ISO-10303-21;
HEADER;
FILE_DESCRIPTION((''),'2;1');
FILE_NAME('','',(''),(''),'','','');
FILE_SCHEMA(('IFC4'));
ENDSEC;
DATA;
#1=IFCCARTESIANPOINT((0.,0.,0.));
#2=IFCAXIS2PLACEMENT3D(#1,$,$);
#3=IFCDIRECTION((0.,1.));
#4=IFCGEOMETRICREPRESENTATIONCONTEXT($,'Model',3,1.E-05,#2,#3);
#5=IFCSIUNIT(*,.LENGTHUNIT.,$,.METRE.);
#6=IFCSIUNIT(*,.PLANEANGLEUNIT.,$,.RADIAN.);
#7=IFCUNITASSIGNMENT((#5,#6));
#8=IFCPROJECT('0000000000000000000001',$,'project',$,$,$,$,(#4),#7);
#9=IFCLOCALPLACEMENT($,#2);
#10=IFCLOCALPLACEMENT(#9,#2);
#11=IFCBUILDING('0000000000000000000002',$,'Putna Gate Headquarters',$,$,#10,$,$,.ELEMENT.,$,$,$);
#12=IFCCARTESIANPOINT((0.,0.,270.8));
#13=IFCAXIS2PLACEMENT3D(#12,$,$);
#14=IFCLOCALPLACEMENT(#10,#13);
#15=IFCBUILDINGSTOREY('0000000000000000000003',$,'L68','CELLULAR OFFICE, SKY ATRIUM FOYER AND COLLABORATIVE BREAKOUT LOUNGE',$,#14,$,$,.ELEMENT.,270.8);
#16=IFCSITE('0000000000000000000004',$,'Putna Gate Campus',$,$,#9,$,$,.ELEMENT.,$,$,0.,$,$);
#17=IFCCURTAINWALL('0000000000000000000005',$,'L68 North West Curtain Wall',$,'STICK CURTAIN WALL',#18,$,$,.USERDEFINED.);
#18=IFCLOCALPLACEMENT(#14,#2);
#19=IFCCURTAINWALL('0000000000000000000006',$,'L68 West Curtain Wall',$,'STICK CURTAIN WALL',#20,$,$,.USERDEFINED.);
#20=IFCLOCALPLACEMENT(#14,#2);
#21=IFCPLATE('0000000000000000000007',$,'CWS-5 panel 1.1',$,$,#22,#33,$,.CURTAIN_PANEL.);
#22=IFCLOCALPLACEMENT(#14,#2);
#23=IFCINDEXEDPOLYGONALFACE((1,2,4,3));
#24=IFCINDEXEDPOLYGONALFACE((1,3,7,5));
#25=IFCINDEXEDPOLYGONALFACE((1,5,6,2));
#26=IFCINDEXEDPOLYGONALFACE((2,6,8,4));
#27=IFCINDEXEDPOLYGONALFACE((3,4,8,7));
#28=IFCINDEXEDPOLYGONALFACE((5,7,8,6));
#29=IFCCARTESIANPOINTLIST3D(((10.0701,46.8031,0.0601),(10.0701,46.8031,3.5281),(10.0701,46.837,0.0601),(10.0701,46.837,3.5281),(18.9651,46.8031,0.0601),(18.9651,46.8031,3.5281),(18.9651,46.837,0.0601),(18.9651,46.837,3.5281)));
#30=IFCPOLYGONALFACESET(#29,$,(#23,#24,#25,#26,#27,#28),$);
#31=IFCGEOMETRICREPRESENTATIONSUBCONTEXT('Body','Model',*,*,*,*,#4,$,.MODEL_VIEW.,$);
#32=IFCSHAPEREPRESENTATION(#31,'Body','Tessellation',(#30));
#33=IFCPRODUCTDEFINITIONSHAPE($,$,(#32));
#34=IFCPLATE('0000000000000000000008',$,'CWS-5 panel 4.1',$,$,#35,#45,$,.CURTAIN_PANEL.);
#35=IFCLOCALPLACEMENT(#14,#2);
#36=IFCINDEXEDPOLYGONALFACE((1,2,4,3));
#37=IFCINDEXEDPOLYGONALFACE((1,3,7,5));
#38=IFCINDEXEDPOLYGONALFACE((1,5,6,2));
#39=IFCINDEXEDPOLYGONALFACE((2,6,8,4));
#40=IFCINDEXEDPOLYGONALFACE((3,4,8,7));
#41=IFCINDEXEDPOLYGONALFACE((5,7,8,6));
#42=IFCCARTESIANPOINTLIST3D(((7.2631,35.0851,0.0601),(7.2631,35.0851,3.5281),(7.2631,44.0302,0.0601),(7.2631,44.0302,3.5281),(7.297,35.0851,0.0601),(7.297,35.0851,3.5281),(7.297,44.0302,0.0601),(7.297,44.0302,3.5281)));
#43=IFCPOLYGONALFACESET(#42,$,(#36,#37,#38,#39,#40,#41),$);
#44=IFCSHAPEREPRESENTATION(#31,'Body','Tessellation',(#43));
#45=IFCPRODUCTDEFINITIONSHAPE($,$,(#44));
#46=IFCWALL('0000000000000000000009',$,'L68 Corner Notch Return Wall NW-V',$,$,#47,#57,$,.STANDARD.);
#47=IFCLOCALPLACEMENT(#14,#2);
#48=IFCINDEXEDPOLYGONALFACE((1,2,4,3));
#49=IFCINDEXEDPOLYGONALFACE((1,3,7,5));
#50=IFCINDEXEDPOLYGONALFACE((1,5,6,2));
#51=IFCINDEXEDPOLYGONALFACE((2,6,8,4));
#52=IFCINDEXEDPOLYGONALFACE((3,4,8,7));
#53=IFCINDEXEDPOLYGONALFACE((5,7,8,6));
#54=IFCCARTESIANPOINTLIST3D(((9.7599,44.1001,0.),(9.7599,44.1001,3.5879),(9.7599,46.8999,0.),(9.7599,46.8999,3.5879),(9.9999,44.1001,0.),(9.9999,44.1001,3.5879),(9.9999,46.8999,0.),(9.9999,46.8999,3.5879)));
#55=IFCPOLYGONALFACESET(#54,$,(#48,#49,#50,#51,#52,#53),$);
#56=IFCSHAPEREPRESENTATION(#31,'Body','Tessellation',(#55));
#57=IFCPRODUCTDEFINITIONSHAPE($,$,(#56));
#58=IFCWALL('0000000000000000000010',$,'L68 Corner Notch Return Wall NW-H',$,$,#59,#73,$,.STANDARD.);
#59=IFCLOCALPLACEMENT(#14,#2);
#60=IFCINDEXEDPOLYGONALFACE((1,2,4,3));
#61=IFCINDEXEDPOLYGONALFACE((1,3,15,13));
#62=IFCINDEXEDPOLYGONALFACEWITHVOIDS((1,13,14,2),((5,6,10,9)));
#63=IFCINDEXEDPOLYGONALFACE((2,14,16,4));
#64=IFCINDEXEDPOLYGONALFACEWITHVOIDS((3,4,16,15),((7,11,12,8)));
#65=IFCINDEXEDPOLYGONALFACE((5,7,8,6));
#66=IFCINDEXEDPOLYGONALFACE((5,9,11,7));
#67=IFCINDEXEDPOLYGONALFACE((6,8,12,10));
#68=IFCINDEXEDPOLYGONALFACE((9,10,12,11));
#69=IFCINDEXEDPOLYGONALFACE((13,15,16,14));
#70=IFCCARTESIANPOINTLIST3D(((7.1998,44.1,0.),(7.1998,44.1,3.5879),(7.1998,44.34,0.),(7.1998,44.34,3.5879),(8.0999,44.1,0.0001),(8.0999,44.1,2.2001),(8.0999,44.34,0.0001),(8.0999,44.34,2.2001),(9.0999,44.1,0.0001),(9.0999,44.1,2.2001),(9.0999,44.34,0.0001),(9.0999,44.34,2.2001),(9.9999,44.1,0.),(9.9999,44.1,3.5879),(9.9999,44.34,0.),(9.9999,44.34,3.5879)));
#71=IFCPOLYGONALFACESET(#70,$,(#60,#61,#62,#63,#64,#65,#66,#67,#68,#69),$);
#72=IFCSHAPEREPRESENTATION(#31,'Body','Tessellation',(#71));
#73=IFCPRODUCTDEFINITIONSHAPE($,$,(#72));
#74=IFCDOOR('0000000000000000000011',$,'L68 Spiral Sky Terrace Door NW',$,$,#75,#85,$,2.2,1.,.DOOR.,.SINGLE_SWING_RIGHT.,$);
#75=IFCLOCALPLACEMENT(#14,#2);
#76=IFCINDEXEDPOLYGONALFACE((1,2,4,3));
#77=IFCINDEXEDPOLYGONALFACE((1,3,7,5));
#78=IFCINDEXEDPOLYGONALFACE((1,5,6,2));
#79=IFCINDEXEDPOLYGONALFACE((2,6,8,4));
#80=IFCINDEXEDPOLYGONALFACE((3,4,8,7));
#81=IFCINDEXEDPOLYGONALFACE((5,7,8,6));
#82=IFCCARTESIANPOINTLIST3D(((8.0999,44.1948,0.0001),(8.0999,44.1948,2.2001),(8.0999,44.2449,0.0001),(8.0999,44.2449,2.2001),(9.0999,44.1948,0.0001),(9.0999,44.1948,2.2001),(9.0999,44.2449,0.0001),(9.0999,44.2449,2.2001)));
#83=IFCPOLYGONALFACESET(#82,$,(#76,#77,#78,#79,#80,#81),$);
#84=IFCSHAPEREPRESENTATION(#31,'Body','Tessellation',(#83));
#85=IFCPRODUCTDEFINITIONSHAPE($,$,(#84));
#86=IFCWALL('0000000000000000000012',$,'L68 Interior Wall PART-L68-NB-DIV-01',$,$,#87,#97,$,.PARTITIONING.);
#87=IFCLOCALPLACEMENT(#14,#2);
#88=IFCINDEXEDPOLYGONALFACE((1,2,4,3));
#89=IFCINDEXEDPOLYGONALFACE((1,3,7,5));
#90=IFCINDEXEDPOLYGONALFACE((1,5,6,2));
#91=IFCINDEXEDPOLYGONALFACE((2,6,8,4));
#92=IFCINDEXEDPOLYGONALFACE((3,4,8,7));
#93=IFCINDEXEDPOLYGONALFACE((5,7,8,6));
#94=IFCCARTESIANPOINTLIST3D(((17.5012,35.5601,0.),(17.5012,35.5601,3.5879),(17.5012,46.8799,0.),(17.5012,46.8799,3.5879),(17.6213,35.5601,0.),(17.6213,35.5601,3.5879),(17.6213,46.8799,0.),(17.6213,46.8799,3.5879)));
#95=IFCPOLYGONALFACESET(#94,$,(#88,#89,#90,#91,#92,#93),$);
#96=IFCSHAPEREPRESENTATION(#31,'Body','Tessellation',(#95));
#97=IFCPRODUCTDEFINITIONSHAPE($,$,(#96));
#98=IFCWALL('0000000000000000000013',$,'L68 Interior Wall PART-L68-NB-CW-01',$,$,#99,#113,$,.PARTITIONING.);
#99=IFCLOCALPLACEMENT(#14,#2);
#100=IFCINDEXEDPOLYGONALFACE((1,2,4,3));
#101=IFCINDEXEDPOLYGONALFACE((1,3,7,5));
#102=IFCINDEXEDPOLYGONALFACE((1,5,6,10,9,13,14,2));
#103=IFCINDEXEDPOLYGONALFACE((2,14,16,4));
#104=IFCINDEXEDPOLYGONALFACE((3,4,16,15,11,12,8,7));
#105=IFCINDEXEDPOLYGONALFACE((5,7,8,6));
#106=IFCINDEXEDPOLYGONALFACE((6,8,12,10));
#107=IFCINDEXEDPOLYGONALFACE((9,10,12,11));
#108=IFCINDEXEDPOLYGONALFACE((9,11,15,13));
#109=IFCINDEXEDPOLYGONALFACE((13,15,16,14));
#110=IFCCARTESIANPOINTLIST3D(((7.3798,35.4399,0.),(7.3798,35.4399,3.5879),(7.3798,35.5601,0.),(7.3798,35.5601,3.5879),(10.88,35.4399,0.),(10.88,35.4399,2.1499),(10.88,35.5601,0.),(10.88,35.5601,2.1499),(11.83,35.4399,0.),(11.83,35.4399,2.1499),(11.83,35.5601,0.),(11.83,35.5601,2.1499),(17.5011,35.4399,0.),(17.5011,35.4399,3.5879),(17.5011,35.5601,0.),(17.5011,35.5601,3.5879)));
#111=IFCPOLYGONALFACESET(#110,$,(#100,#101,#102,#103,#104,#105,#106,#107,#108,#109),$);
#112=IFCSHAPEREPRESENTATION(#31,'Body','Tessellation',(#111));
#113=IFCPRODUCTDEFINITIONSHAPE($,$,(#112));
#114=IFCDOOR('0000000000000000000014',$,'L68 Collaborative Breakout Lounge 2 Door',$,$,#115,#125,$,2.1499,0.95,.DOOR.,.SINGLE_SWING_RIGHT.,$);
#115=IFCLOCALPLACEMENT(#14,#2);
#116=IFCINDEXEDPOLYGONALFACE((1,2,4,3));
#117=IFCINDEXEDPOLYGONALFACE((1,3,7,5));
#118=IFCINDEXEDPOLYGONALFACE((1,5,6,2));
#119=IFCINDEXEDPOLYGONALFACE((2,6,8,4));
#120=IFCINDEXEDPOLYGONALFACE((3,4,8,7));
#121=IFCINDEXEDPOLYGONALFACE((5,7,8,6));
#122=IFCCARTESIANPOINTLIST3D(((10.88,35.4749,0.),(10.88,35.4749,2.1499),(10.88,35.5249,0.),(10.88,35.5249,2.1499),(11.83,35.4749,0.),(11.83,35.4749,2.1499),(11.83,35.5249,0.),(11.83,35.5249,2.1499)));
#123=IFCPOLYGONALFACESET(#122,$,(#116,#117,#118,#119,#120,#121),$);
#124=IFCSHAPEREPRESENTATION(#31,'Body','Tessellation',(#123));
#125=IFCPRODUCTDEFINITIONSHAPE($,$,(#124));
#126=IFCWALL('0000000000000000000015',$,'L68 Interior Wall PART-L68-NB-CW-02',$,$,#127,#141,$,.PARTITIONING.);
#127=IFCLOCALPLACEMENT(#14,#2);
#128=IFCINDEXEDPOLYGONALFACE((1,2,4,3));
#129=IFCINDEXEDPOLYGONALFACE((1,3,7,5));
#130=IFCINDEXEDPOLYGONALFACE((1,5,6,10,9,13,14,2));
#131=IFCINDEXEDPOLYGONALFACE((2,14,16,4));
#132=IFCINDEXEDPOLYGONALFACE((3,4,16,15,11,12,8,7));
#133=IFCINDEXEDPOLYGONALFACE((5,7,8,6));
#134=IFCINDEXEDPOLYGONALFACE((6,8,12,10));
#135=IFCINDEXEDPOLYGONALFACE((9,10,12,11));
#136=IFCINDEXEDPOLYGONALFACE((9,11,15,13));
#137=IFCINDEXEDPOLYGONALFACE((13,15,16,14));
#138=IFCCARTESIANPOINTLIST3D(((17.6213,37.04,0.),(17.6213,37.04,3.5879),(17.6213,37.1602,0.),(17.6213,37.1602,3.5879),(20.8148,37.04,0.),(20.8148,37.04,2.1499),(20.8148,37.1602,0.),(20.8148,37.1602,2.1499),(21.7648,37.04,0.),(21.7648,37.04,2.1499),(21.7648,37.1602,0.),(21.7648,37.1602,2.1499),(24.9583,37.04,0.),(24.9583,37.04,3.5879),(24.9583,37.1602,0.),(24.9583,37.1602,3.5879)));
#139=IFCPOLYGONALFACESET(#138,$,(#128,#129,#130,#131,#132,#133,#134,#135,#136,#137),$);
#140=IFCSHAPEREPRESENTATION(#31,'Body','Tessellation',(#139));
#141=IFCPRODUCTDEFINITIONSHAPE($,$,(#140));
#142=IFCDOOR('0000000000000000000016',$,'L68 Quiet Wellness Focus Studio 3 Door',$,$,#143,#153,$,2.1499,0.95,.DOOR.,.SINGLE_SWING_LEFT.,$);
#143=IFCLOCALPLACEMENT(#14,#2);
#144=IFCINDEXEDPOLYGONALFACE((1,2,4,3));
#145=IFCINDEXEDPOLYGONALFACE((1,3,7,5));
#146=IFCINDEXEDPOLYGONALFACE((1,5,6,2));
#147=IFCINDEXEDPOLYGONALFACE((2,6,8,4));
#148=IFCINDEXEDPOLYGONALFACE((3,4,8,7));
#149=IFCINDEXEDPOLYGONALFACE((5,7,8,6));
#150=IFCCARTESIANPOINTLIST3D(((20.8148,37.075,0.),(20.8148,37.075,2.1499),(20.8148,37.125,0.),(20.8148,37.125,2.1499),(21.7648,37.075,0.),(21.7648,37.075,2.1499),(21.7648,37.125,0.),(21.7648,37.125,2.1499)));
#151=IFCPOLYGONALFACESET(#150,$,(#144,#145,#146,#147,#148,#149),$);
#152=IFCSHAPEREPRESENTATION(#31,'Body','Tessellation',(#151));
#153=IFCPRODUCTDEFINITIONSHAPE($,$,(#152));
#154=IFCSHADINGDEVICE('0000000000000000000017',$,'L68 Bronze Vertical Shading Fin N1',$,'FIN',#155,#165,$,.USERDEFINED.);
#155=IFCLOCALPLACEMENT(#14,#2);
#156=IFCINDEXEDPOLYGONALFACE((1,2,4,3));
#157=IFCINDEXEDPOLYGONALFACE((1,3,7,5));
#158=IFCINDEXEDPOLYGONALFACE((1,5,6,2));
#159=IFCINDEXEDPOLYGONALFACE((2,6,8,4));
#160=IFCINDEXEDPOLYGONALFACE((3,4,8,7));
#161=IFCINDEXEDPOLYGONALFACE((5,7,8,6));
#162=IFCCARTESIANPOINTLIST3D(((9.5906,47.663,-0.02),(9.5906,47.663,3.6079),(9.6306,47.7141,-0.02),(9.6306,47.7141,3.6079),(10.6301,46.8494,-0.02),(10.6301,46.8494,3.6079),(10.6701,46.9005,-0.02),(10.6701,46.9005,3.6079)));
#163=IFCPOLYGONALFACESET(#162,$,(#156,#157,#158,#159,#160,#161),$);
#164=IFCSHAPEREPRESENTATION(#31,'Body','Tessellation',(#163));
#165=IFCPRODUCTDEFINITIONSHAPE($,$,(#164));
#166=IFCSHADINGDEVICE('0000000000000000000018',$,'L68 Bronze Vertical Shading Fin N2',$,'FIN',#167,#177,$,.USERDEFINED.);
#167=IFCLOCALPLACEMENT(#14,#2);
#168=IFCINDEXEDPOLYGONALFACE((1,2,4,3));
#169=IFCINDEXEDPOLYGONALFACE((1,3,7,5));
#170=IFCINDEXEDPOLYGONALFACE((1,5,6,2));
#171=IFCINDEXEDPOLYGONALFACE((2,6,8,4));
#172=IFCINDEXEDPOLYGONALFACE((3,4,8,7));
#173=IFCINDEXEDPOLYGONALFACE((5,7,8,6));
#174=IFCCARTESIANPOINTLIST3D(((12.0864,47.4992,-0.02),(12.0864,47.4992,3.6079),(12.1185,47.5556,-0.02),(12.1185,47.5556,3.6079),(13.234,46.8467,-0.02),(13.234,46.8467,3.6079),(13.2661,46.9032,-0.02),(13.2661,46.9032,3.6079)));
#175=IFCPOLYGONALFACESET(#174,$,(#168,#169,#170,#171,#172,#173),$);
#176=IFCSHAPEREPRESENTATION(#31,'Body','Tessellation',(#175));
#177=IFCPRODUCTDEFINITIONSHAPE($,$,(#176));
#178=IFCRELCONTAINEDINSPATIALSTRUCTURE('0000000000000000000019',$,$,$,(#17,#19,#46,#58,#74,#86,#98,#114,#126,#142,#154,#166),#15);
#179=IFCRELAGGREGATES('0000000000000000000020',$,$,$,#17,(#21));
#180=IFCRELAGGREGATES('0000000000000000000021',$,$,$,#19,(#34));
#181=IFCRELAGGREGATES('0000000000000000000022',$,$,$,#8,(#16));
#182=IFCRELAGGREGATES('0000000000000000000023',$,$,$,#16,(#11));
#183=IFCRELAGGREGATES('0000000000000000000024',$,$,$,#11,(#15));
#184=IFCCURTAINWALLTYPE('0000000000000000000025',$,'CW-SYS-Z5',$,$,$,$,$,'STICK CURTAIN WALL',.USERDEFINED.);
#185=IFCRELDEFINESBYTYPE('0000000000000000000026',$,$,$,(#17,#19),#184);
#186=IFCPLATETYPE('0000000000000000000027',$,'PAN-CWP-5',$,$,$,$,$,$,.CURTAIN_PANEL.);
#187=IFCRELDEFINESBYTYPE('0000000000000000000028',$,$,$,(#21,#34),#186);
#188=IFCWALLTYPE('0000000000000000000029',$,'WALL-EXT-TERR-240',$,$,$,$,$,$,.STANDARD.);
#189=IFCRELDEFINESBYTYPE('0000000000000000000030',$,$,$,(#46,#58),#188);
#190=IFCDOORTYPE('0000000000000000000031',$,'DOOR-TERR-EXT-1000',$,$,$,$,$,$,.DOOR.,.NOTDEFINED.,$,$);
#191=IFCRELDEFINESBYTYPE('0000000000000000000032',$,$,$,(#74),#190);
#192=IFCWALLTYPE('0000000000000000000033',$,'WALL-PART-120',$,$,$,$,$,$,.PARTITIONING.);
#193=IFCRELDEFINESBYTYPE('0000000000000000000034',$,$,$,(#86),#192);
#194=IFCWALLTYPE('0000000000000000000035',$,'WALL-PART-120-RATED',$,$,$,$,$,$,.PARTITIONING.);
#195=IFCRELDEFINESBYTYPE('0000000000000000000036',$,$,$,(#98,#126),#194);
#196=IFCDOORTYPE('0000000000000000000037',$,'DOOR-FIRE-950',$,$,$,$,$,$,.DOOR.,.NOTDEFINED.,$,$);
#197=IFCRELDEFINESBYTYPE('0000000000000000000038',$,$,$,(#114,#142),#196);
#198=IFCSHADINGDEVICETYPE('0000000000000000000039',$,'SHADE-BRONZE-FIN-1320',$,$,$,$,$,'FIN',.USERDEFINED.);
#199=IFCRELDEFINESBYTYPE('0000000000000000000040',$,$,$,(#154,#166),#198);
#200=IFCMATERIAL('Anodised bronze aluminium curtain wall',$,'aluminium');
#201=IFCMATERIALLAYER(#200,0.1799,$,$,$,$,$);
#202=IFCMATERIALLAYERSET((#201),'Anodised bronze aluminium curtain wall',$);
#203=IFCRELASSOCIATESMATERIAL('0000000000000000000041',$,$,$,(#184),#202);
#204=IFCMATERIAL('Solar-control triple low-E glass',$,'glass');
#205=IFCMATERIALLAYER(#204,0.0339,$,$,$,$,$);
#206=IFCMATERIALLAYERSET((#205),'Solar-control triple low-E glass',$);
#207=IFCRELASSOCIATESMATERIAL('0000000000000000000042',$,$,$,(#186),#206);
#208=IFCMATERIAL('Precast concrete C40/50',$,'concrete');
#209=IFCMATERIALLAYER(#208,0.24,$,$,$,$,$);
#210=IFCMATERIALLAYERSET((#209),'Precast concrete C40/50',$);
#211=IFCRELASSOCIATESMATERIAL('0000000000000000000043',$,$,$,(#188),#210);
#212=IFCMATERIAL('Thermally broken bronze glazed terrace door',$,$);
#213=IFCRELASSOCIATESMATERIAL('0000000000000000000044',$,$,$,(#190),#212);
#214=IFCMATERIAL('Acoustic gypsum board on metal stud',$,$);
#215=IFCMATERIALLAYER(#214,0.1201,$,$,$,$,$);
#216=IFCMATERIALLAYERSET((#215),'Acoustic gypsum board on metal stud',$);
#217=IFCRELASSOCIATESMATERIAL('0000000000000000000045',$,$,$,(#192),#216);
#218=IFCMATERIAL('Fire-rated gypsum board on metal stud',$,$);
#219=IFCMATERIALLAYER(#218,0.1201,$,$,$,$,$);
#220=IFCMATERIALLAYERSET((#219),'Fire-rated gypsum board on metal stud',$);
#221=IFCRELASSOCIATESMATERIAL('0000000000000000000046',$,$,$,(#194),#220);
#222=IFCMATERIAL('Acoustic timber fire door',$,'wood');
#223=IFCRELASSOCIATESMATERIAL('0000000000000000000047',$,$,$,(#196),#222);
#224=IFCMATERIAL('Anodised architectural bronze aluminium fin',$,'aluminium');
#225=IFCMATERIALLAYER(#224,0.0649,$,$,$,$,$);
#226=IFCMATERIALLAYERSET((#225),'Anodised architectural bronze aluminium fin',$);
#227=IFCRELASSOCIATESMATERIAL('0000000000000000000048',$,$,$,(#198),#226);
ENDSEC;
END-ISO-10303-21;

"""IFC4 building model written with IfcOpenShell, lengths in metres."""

from ifc_helpers import new_model, si_unit, direction, frame, frame_2d, origin, origin_2d, place, context, subcontext, project, spatial, rectangle, extrude, material, layer, layer_set, type_object, element, fill, aggregate, save


model = new_model("IFC4")

# Units and contexts
model_context = context("Model", 3, precision=1e-05, world=origin(), true_north=direction((0.0, 1.0)))
body_context = subcontext(model_context, "Body", "Model", "MODEL_VIEW")
ifc_project = project(units=[si_unit("LENGTHUNIT", "METRE"), si_unit("PLANEANGLEUNIT", "RADIAN")], contexts=[model_context])

# Site, building, storey
site_placement = place(None, origin())
site = spatial("IfcSite", under=ifc_project, at=site_placement, Name="Putna Gate Campus", CompositionType="ELEMENT", RefElevation=0.0)
building_placement = place(site_placement, origin())
building = spatial("IfcBuilding", under=site, at=building_placement, Name="Putna Gate Headquarters", CompositionType="ELEMENT")
storey_placement = place(building_placement, frame((0.0, 0.0, 270.8)))
storey = spatial("IfcBuildingStorey", under=building, at=storey_placement, Name="L68", Description="CELLULAR OFFICE, SKY ATRIUM FOYER AND COLLABORATIVE BREAKOUT LOUNGE", CompositionType="ELEMENT", Elevation=270.8)

# Curtain wall
ifc_material_1 = material(Name="Anodised bronze aluminium curtain wall", Category="aluminium")
ifc_layer_1 = layer(ifc_material_1, 0.1799)
ifc_layer_set_1 = layer_set([ifc_layer_1], Name="Anodised bronze aluminium curtain wall")
curtain_wall_type = type_object("IfcCurtainWallType", Name="CW-SYS-Z5", ElementType="STICK CURTAIN WALL", PredefinedType="USERDEFINED", material=ifc_layer_set_1)
curtain_wall_1_placement = place(storey_placement, origin())
curtain_wall_1 = element("IfcCurtainWall", 1, at=curtain_wall_1_placement, inside=storey, type_object=curtain_wall_type, Name="L68 North West Curtain Wall", ObjectType="STICK CURTAIN WALL", PredefinedType="USERDEFINED")

# Curtain wall
curtain_wall_2_placement = place(storey_placement, origin())
curtain_wall_2 = element("IfcCurtainWall", 2, at=curtain_wall_2_placement, inside=storey, type_object=curtain_wall_type, Name="L68 West Curtain Wall", ObjectType="STICK CURTAIN WALL", PredefinedType="USERDEFINED")

# Plates
ifc_material_2 = material(Name="Solar-control triple low-E glass", Category="glass")
ifc_layer_2 = layer(ifc_material_2, 0.0339)
ifc_layer_set_2 = layer_set([ifc_layer_2], Name="Solar-control triple low-E glass")
plate_type = type_object("IfcPlateType", Name="PAN-CWP-5", PredefinedType="CURTAIN_PANEL", material=ifc_layer_set_2)
plate_1_placement = place(storey_placement, frame((14.5176, 46.8201, 0.0601), z_axis=(0.0, 0.0, 1.0), x_axis=(1.0, 0.0, 0.0)))
plate_1 = element("IfcPlate", 3, at=plate_1_placement, type_object=plate_type, Name="CWS-5 panel 1.1", PredefinedType="CURTAIN_PANEL", context=body_context, shape_type="SweptSolid", body=[
    extrude(rectangle(XDim=8.895, YDim=0.0339, at=origin_2d()), origin(), (0.0, 0.0, 1.0), 3.468),
])
aggregate(curtain_wall_1, [plate_1])
plate_2_placement = place(storey_placement, frame((7.28, 39.5576, 0.0601), z_axis=(0.0, 0.0, 1.0), x_axis=(0.0, 1.0, 0.0)))
plate_2 = element("IfcPlate", 4, at=plate_2_placement, type_object=plate_type, Name="CWS-5 panel 4.1", PredefinedType="CURTAIN_PANEL", context=body_context, shape_type="SweptSolid", body=[
    extrude(rectangle(XDim=8.9451, YDim=0.0339, at=origin_2d()), origin(), (0.0, 0.0, 1.0), 3.468),
])
aggregate(curtain_wall_2, [plate_2])

# Wall
ifc_material_3 = material(Name="Precast concrete C40/50", Category="concrete")
ifc_layer_3 = layer(ifc_material_3, 0.24)
ifc_layer_set_3 = layer_set([ifc_layer_3], Name="Precast concrete C40/50")
wall_type_1 = type_object("IfcWallType", Name="WALL-EXT-TERR-240", PredefinedType="STANDARD", material=ifc_layer_set_3)
wall_1_placement = place(storey_placement, frame((9.8799, 44.1001, 0.0), z_axis=(0.0, 0.0, 1.0), x_axis=(0.0, 1.0, 0.0)))
element("IfcWall", 5, at=wall_1_placement, inside=storey, type_object=wall_type_1, Name="L68 Corner Notch Return Wall NW-V", PredefinedType="STANDARD", context=body_context, shape_type="SweptSolid", body=[
    extrude(rectangle(XDim=2.7998, YDim=0.24, at=frame_2d((1.3999, 0.0))), origin(), (0.0, 0.0, 1.0), 3.5879),
])

# Wall, opening, door
wall_2_placement = place(storey_placement, frame((7.2, 44.22, 0.0), z_axis=(0.0, 0.0, 1.0), x_axis=(1.0, 0.0, 0.0)))
wall_2 = element("IfcWall", 6, at=wall_2_placement, inside=storey, type_object=wall_type_1, Name="L68 Corner Notch Return Wall NW-H", PredefinedType="STANDARD", context=body_context, shape_type="SweptSolid", body=[
    extrude(rectangle(XDim=2.8, YDim=0.24, at=frame_2d((1.3999, 0.0))), origin(), (0.0, 0.0, 1.0), 3.5879),
])
opening_1_placement = place(wall_2_placement, frame((0.8999, 0.0, 0.0)))
opening_1 = element("IfcOpeningElement", 7, at=opening_1_placement, cuts=wall_2, PredefinedType="OPENING", context=body_context, shape_type="SweptSolid", body=[
    extrude(rectangle(XDim=1.0, YDim=2.2, at=frame_2d((0.5, 1.1001))), frame((0.0, 0.1299, 0.0), z_axis=(0.0, -1.0, 0.0), x_axis=(1.0, 0.0, 0.0)), (0.0, 0.0, 1.0), 0.26),
])
ifc_material_4 = material(Name="Thermally broken bronze glazed terrace door")
door_type_1 = type_object("IfcDoorType", Name="DOOR-TERR-EXT-1000", OperationType="NOTDEFINED", PredefinedType="DOOR", material=ifc_material_4)
door_1_placement = place(opening_1_placement, origin())
door_1 = element("IfcDoor", 8, at=door_1_placement, inside=storey, type_object=door_type_1, Name="L68 Spiral Sky Terrace Door NW", OperationType="SINGLE_SWING_RIGHT", OverallHeight=2.2, OverallWidth=1.0, PredefinedType="DOOR", context=body_context, shape_type="SweptSolid", body=[
    extrude(rectangle(XDim=1.0, YDim=2.2, at=frame_2d((0.5, 1.1001))), frame((0.0, 0.0249, 0.0), z_axis=(0.0, -1.0, 0.0), x_axis=(1.0, 0.0, 0.0)), (0.0, 0.0, 1.0), 0.05),
])
fill(opening_1, door_1)

# Wall
ifc_material_5 = material(Name="Acoustic gypsum board on metal stud")
ifc_layer_4 = layer(ifc_material_5, 0.1201)
ifc_layer_set_4 = layer_set([ifc_layer_4], Name="Acoustic gypsum board on metal stud")
wall_type_2 = type_object("IfcWallType", Name="WALL-PART-120", PredefinedType="PARTITIONING", material=ifc_layer_set_4)
wall_3_placement = place(storey_placement, frame((17.5613, 35.5601, 0.0), z_axis=(0.0, 0.0, 1.0), x_axis=(0.0, 1.0, 0.0)))
element("IfcWall", 9, at=wall_3_placement, inside=storey, type_object=wall_type_2, Name="L68 Interior Wall PART-L68-NB-DIV-01", PredefinedType="PARTITIONING", context=body_context, shape_type="SweptSolid", body=[
    extrude(rectangle(XDim=11.3198, YDim=0.1201, at=frame_2d((5.6599, 0.0))), origin(), (0.0, 0.0, 1.0), 3.5879),
])

# Walls, openings, doors
ifc_material_6 = material(Name="Fire-rated gypsum board on metal stud")
ifc_layer_5 = layer(ifc_material_6, 0.1201)
ifc_layer_set_5 = layer_set([ifc_layer_5], Name="Fire-rated gypsum board on metal stud")
wall_type_3 = type_object("IfcWallType", Name="WALL-PART-120-RATED", PredefinedType="PARTITIONING", material=ifc_layer_set_5)
wall_4_placement = place(storey_placement, frame((7.3799, 35.5, 0.0), z_axis=(0.0, 0.0, 1.0), x_axis=(1.0, 0.0, 0.0)))
wall_4 = element("IfcWall", 10, at=wall_4_placement, inside=storey, type_object=wall_type_3, Name="L68 Interior Wall PART-L68-NB-CW-01", PredefinedType="PARTITIONING", context=body_context, shape_type="SweptSolid", body=[
    extrude(rectangle(XDim=10.1213, YDim=0.1201, at=frame_2d((5.0605, 0.0))), origin(), (0.0, 0.0, 1.0), 3.5879),
])
opening_2_placement = place(wall_4_placement, frame((3.5, 0.0, 0.0)))
opening_2 = element("IfcOpeningElement", 11, at=opening_2_placement, cuts=wall_4, PredefinedType="OPENING", context=body_context, shape_type="SweptSolid", body=[
    extrude(rectangle(XDim=0.95, YDim=2.1499, at=frame_2d((0.4751, 1.075))), frame((0.0, 0.0701, 0.0), z_axis=(0.0, -1.0, 0.0), x_axis=(1.0, 0.0, 0.0)), (0.0, 0.0, 1.0), 0.1401),
])
ifc_material_7 = material(Name="Acoustic timber fire door", Category="wood")
door_type_2 = type_object("IfcDoorType", Name="DOOR-FIRE-950", OperationType="NOTDEFINED", PredefinedType="DOOR", material=ifc_material_7)
door_2_placement = place(opening_2_placement, origin())
door_2 = element("IfcDoor", 12, at=door_2_placement, inside=storey, type_object=door_type_2, Name="L68 Collaborative Breakout Lounge 2 Door", OperationType="SINGLE_SWING_RIGHT", OverallHeight=2.1499, OverallWidth=0.95, PredefinedType="DOOR", context=body_context, shape_type="SweptSolid", body=[
    extrude(rectangle(XDim=0.95, YDim=2.1499, at=frame_2d((0.4751, 1.075))), frame((0.0, 0.0249, 0.0), z_axis=(0.0, -1.0, 0.0), x_axis=(1.0, 0.0, 0.0)), (0.0, 0.0, 1.0), 0.05),
])
fill(opening_2, door_2)
wall_5_placement = place(storey_placement, frame((17.6213, 37.1001, 0.0), z_axis=(0.0, 0.0, 1.0), x_axis=(1.0, 0.0, 0.0)))
wall_5 = element("IfcWall", 13, at=wall_5_placement, inside=storey, type_object=wall_type_3, Name="L68 Interior Wall PART-L68-NB-CW-02", PredefinedType="PARTITIONING", context=body_context, shape_type="SweptSolid", body=[
    extrude(rectangle(XDim=7.3369, YDim=0.1201, at=frame_2d((3.6685, 0.0))), origin(), (0.0, 0.0, 1.0), 3.5879),
])
opening_3_placement = place(wall_5_placement, frame((3.1934, 0.0, 0.0)))
opening_3 = element("IfcOpeningElement", 14, at=opening_3_placement, cuts=wall_5, PredefinedType="OPENING", context=body_context, shape_type="SweptSolid", body=[
    extrude(rectangle(XDim=0.95, YDim=2.1499, at=frame_2d((0.4751, 1.075))), frame((0.0, 0.0701, 0.0), z_axis=(0.0, -1.0, 0.0), x_axis=(1.0, 0.0, 0.0)), (0.0, 0.0, 1.0), 0.1401),
])
door_3_placement = place(opening_3_placement, origin())
door_3 = element("IfcDoor", 15, at=door_3_placement, inside=storey, type_object=door_type_2, Name="L68 Quiet Wellness Focus Studio 3 Door", OperationType="SINGLE_SWING_LEFT", OverallHeight=2.1499, OverallWidth=0.95, PredefinedType="DOOR", context=body_context, shape_type="SweptSolid", body=[
    extrude(rectangle(XDim=0.95, YDim=2.1499, at=frame_2d((0.4751, 1.075))), frame((0.0, 0.0249, 0.0), z_axis=(0.0, -1.0, 0.0), x_axis=(1.0, 0.0, 0.0)), (0.0, 0.0, 1.0), 0.05),
])
fill(opening_3, door_3)

# Shading devices
ifc_material_8 = material(Name="Anodised architectural bronze aluminium fin", Category="aluminium")
ifc_layer_6 = layer(ifc_material_8, 0.0649)
ifc_layer_set_6 = layer_set([ifc_layer_6], Name="Anodised architectural bronze aluminium fin")
shading_device_type = type_object("IfcShadingDeviceType", Name="SHADE-BRONZE-FIN-1320", ElementType="FIN", PredefinedType="USERDEFINED", material=ifc_layer_set_6)
for number, where, z_axis, x_axis, name in (
    (16, (10.1304, 47.2817, -0.02), (0.0, 0.0, 1.0), (-0.787473, 0.616349, 0.0), "L68 Bronze Vertical Shading Fin N1"),
    (17, (12.6763, 47.2012, -0.02), (0.0, 0.0, 1.0), (-0.869322, 0.494245, 0.0), "L68 Bronze Vertical Shading Fin N2"),
):
    element("IfcShadingDevice", number, at=place(storey_placement, frame(where, z_axis=z_axis, x_axis=x_axis)), inside=storey, type_object=shading_device_type, Name=name, ObjectType="FIN", PredefinedType="USERDEFINED", context=body_context, shape_type="SweptSolid", body=[
        extrude(rectangle(XDim=1.3201, YDim=0.0649, at=origin_2d()), origin(), (0.0, 0.0, 1.0), 3.6279),
    ])

save(model, "model.ifc")
